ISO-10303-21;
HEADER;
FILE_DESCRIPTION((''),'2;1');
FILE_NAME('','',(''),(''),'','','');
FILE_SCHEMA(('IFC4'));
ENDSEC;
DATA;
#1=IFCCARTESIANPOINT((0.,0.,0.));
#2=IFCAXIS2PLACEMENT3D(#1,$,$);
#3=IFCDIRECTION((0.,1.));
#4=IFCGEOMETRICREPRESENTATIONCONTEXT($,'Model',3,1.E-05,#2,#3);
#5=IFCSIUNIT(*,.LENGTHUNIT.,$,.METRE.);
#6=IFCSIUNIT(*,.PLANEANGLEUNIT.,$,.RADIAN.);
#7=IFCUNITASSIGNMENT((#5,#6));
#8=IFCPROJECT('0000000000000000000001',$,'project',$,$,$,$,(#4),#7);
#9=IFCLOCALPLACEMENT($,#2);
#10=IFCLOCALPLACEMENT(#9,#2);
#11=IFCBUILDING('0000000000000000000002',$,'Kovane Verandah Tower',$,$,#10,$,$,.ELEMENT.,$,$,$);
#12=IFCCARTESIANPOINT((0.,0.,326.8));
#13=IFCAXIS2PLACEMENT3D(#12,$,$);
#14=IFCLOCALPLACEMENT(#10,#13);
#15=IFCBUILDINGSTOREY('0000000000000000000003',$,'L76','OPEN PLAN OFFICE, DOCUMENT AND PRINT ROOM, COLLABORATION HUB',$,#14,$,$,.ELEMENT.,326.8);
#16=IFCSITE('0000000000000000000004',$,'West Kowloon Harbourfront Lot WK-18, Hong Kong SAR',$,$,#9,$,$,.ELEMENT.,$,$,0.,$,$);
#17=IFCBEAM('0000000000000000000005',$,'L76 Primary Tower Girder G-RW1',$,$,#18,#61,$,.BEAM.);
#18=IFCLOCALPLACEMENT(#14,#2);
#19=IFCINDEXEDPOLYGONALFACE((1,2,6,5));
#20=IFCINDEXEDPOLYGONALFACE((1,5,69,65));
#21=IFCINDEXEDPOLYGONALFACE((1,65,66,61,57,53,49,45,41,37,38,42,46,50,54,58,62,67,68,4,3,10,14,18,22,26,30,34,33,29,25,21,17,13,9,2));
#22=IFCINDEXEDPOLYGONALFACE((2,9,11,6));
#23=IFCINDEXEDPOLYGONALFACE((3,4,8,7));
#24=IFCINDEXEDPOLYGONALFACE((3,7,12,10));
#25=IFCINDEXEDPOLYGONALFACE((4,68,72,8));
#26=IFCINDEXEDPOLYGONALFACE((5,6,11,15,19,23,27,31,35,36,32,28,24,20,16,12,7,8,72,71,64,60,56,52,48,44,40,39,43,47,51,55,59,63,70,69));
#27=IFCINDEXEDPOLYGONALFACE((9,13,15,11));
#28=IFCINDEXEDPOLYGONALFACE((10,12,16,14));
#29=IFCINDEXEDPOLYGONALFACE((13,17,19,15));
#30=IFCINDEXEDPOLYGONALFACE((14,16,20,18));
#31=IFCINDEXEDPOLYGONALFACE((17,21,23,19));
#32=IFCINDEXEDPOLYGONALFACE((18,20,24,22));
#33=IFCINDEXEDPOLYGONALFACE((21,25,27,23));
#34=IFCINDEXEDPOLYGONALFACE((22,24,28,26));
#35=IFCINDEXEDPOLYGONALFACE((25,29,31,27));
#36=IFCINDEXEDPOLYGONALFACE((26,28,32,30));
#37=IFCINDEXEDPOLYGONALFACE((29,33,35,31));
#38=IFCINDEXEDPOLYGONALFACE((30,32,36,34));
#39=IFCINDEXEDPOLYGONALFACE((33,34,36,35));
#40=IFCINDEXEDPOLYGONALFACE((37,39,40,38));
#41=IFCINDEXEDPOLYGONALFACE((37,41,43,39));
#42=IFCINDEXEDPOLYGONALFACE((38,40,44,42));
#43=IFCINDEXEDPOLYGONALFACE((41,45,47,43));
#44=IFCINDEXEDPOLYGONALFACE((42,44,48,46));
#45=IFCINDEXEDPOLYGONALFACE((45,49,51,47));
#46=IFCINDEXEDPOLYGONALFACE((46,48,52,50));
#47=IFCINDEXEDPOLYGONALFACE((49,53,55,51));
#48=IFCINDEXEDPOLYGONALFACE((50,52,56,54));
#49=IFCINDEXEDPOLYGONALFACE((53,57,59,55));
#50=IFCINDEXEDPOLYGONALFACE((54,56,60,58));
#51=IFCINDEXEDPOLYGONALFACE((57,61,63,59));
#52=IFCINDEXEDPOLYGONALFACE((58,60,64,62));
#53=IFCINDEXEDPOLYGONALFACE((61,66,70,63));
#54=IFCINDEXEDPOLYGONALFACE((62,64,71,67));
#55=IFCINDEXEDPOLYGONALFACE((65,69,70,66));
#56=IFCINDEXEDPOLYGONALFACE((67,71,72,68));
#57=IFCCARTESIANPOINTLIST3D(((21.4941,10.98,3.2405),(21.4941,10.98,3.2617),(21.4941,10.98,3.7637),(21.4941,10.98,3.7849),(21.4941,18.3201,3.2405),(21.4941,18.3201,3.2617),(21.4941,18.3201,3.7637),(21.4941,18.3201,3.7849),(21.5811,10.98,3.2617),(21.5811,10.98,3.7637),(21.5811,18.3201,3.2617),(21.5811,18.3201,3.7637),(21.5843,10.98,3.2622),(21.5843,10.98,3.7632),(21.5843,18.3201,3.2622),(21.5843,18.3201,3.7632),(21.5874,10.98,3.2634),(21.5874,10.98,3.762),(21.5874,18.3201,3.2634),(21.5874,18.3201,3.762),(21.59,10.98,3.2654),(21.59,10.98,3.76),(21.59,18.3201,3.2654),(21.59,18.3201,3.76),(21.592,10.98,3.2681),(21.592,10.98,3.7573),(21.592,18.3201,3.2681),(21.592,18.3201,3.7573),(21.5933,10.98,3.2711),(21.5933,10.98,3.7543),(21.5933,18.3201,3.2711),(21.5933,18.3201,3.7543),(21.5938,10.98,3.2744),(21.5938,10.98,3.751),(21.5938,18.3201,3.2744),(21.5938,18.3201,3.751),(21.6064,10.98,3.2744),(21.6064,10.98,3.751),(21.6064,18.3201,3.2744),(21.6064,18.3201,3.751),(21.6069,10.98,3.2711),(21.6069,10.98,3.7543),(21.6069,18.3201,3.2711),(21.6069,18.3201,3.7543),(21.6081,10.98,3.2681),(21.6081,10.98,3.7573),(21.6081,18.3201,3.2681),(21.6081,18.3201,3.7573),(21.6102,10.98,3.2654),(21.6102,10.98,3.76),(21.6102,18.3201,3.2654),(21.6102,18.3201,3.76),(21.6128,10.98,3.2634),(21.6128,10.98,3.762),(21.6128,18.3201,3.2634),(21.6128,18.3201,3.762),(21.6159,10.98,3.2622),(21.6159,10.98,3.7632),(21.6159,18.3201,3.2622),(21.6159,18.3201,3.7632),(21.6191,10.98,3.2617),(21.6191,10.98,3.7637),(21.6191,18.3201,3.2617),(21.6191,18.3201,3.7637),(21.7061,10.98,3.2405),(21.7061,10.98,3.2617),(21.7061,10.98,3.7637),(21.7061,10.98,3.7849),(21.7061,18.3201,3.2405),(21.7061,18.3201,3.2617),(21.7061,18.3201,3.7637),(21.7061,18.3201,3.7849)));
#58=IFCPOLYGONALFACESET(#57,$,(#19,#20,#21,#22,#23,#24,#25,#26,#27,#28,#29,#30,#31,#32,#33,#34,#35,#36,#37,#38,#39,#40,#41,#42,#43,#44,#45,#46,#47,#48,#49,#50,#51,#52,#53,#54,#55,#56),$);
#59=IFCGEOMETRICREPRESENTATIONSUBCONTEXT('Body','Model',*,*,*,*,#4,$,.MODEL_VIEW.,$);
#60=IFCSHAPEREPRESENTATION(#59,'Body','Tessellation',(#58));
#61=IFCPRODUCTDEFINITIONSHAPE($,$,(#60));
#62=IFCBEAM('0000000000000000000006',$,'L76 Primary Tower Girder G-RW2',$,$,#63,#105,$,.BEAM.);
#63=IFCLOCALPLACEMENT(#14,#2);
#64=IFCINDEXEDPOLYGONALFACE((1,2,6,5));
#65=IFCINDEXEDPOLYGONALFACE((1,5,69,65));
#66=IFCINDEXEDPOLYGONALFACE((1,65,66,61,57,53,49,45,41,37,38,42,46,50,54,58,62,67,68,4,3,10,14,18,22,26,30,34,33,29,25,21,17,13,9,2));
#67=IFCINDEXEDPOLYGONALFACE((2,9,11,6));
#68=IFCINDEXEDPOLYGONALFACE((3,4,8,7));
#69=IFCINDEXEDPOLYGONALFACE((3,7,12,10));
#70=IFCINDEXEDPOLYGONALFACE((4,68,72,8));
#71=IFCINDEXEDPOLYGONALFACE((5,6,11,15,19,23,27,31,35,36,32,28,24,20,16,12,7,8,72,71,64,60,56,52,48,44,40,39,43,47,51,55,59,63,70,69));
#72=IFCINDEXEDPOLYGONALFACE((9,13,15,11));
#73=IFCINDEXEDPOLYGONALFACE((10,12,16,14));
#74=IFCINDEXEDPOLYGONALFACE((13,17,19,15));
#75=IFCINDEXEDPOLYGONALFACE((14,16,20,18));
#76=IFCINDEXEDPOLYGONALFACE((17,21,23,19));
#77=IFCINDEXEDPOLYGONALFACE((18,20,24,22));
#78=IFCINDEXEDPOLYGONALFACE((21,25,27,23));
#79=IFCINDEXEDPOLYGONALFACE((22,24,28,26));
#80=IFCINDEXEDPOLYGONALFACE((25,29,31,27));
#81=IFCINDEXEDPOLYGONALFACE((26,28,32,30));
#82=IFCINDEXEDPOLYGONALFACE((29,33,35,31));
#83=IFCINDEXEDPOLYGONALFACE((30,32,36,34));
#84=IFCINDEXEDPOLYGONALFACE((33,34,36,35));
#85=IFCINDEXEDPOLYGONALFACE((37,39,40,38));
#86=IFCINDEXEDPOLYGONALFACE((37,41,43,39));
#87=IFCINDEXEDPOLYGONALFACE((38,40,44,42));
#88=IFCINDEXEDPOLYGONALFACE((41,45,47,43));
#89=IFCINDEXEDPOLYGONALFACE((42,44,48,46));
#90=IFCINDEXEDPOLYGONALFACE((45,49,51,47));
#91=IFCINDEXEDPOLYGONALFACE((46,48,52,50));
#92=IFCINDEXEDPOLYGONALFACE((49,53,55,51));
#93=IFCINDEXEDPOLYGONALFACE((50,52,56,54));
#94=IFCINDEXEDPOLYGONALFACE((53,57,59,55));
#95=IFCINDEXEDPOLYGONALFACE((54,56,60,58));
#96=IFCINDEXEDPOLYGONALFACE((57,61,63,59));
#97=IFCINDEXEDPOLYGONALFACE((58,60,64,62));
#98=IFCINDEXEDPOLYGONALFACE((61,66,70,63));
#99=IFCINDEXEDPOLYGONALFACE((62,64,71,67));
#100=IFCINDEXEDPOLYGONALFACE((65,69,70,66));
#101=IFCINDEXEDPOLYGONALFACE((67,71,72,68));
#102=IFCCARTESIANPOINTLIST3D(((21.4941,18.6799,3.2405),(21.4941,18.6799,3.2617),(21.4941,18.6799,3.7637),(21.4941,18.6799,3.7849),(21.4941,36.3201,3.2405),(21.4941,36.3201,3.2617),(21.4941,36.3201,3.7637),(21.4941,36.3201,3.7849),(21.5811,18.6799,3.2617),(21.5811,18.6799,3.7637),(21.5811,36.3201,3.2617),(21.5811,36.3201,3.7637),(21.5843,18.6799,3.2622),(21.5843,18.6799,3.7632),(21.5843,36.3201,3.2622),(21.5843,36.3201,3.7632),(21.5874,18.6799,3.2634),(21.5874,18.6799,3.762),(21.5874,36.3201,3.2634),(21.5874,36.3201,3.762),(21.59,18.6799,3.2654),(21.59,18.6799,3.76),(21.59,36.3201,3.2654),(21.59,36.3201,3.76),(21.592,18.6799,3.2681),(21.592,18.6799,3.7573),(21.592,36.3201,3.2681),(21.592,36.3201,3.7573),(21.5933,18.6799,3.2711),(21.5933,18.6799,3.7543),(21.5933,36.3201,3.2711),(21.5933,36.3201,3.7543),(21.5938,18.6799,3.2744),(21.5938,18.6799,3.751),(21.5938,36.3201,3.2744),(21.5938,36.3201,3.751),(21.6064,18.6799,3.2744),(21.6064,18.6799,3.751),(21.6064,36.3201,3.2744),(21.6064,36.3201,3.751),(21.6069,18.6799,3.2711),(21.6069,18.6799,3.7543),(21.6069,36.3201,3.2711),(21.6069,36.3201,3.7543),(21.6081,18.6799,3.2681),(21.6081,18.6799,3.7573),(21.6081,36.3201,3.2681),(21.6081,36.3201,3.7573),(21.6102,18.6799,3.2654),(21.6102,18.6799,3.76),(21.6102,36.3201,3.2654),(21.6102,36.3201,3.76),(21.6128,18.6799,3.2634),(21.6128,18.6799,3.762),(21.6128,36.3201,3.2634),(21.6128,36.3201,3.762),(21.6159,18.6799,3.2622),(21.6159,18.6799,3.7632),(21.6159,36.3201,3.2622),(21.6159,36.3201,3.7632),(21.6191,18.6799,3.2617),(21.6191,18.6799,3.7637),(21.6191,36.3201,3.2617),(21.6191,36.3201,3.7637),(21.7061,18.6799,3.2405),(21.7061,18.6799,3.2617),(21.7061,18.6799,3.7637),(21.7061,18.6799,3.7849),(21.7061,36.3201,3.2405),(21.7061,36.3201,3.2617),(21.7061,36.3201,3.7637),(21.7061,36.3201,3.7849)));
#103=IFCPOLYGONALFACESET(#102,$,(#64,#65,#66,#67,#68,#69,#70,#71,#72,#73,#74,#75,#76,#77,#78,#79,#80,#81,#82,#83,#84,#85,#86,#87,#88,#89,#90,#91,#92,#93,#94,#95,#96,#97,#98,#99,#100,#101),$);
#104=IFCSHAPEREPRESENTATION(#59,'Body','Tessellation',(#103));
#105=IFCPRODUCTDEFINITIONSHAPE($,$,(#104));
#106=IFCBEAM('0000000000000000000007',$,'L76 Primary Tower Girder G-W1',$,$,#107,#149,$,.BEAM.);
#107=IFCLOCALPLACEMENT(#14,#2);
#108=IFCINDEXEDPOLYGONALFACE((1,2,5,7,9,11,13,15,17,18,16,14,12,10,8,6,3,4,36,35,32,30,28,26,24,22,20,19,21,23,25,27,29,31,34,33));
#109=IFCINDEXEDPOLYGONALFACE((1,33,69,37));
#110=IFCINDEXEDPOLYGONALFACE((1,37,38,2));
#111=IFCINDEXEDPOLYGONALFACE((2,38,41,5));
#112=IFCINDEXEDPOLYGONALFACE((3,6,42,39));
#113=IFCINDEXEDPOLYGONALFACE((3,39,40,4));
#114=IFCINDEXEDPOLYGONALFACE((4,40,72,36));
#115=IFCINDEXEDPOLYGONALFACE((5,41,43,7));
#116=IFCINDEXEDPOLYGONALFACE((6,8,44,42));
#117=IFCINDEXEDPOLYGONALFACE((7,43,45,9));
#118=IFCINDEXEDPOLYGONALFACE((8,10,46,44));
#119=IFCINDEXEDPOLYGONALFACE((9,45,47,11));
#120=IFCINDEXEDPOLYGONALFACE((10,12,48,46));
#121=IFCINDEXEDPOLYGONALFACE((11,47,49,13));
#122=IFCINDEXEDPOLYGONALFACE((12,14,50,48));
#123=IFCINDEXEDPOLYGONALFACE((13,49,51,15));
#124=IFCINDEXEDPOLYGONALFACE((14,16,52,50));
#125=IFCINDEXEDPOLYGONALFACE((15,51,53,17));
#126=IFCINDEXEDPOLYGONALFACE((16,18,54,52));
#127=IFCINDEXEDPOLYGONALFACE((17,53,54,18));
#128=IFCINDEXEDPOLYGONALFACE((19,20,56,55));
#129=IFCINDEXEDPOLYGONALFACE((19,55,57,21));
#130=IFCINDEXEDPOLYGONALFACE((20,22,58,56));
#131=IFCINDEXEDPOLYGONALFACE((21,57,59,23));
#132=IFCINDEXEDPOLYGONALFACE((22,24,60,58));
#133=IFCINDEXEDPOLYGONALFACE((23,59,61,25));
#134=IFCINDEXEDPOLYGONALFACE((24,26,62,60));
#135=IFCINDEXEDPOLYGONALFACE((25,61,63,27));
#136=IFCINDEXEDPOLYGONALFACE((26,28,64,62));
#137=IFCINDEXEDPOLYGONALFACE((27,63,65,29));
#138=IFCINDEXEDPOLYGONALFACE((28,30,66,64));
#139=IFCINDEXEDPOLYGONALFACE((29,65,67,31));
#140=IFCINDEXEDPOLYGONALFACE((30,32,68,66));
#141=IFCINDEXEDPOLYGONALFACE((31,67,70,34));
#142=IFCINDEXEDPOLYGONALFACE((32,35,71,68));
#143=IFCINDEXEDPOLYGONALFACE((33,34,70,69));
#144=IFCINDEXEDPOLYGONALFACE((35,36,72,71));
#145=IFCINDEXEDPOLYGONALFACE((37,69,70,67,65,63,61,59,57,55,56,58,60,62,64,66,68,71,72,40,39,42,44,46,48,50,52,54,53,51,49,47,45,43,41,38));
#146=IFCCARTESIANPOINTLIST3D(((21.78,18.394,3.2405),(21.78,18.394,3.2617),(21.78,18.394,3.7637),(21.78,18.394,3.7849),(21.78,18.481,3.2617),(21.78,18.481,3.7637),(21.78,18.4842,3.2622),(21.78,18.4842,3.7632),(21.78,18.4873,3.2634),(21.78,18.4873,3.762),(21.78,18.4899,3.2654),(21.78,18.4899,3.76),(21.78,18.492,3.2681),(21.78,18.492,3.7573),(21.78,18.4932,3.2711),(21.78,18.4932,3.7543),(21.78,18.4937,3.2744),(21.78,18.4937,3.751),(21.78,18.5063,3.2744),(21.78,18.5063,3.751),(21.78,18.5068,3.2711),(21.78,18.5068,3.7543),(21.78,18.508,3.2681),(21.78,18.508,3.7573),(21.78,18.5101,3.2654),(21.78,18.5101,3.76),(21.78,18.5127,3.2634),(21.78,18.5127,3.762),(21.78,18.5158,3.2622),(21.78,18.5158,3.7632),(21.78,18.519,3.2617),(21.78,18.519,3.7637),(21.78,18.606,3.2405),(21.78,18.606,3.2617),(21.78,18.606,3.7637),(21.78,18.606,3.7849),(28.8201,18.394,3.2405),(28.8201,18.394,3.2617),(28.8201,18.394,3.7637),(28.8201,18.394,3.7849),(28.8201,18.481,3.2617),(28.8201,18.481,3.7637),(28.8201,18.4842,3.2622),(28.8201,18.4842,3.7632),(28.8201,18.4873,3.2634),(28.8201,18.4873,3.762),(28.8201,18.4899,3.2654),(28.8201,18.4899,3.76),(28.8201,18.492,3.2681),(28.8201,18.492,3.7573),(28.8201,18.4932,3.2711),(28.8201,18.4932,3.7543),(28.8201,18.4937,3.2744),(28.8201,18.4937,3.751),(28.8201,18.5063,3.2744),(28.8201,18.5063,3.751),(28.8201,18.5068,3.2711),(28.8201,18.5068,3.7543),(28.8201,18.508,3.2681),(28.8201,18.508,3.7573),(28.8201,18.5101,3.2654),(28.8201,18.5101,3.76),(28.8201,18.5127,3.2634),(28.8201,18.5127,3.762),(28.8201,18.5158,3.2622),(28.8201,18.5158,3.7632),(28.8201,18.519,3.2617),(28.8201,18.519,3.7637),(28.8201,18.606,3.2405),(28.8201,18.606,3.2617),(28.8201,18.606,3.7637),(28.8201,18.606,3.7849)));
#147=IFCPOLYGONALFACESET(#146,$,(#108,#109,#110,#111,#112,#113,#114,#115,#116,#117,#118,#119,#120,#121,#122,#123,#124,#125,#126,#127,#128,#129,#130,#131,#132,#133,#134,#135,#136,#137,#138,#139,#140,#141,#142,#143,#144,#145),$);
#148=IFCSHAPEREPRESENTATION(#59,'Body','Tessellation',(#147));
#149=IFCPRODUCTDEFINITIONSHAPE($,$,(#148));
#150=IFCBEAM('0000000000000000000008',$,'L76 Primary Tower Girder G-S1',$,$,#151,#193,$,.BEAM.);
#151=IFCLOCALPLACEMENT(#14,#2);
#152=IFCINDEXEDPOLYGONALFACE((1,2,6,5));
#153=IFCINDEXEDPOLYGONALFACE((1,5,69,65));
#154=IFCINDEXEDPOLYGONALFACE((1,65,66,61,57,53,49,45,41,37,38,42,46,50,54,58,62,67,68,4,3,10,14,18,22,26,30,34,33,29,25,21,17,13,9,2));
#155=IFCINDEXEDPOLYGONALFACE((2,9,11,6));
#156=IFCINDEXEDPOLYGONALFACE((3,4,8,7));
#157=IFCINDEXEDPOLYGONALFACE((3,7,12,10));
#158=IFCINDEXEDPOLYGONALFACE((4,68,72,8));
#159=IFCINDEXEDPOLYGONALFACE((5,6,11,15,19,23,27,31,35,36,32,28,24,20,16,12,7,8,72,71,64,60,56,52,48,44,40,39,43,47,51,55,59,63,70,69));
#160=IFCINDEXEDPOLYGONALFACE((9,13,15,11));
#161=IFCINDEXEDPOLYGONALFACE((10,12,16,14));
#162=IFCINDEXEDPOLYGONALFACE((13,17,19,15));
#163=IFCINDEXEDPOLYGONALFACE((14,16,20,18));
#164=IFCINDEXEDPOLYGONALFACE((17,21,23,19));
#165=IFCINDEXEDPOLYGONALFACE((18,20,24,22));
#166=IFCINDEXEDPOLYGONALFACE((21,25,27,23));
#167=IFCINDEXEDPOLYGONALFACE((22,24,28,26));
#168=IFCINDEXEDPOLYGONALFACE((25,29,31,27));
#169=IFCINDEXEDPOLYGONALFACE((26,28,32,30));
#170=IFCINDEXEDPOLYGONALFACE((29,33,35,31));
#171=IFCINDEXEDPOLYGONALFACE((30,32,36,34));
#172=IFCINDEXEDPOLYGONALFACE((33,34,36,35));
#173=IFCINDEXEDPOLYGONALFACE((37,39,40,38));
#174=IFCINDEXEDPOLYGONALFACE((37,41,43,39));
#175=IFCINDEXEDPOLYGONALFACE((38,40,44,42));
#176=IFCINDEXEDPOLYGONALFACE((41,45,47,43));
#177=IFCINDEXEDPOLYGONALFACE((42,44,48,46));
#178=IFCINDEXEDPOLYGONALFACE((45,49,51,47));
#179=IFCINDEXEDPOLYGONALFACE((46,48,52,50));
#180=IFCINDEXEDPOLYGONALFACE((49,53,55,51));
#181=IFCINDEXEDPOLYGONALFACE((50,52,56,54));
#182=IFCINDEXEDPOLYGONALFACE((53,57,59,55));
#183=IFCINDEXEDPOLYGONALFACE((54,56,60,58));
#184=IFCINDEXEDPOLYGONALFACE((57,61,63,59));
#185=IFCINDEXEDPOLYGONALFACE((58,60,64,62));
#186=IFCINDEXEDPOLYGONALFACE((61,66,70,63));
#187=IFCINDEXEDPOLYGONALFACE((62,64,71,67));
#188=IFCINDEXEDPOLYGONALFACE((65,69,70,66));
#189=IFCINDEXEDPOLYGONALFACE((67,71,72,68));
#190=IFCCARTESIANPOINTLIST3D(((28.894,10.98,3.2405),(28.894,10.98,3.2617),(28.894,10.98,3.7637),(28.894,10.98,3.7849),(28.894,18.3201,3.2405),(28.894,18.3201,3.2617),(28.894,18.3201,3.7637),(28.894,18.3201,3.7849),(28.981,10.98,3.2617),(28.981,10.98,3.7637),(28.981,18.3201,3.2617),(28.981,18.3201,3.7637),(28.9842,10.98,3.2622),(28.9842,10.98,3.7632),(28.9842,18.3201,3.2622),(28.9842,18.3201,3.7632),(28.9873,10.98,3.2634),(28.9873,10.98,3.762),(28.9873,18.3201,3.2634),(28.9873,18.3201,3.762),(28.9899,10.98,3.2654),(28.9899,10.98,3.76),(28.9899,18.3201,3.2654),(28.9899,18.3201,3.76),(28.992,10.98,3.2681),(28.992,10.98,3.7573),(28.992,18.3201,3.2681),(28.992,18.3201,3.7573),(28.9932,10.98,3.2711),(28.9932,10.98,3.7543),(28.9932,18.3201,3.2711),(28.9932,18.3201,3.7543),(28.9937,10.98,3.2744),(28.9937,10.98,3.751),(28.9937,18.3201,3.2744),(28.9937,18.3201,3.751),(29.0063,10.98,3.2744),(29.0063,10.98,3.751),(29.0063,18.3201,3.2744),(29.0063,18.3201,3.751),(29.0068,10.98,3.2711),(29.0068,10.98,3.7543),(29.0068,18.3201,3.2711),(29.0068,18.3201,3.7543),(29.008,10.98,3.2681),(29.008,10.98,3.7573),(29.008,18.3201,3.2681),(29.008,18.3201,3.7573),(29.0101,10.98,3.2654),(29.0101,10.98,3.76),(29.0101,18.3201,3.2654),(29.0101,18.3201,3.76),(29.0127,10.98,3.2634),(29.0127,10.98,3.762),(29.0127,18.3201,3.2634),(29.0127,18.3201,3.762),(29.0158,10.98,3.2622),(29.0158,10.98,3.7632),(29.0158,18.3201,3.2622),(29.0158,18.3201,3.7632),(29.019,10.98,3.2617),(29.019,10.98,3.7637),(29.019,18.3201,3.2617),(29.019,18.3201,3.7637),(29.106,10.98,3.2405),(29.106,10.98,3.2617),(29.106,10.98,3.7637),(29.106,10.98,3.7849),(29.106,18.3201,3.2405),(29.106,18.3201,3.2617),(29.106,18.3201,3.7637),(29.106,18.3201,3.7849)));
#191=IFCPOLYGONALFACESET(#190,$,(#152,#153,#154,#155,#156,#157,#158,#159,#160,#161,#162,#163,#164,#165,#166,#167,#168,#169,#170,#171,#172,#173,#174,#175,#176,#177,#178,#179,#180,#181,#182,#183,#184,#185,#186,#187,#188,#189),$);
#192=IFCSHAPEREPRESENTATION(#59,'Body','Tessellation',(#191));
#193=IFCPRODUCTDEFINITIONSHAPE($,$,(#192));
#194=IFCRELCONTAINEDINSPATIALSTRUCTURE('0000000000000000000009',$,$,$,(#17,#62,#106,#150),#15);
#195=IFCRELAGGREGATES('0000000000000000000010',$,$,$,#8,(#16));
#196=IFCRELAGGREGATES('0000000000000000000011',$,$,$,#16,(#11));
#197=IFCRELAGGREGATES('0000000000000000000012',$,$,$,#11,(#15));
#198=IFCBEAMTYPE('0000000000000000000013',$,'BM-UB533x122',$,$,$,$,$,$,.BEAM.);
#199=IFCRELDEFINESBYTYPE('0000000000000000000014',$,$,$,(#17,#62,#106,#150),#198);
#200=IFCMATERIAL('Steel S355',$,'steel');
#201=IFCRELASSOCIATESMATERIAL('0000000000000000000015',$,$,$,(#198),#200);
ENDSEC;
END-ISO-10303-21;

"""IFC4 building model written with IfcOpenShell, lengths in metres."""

from ifc_helpers import new_model, si_unit, direction, frame, origin, origin_2d, place, context, subcontext, project, spatial, i_section, extrude, material, material_profile, profile_set, type_object, element, save


model = new_model("IFC4")

# Units and contexts
model_context = context("Model", 3, precision=1e-05, world=origin(), true_north=direction((0.0, 1.0)))
body_context = subcontext(model_context, "Body", "Model", "MODEL_VIEW")
ifc_project = project(units=[si_unit("LENGTHUNIT", "METRE"), si_unit("PLANEANGLEUNIT", "RADIAN")], contexts=[model_context])

# Site, building, storey
site_placement = place(None, origin())
site = spatial("IfcSite", under=ifc_project, at=site_placement, Name="West Kowloon Harbourfront Lot WK-18, Hong Kong SAR", CompositionType="ELEMENT", RefElevation=0.0)
building_placement = place(site_placement, origin())
building = spatial("IfcBuilding", under=site, at=building_placement, Name="Kovane Verandah Tower", CompositionType="ELEMENT")
storey_placement = place(building_placement, frame((0.0, 0.0, 326.8)))
storey = spatial("IfcBuildingStorey", under=building, at=storey_placement, Name="L76", Description="OPEN PLAN OFFICE, DOCUMENT AND PRINT ROOM, COLLABORATION HUB", CompositionType="ELEMENT", Elevation=326.8)

# Beams
ifc_material_1 = material(Name="Steel S355", Category="steel")
ifc_material_profile_1 = material_profile(ifc_material_1, i_section(OverallWidth=0.2119, OverallDepth=0.5444, WebThickness=0.0127, FlangeThickness=0.0212, FilletRadius=0.0127, at=origin_2d()), Name="UB533x210x122")
ifc_profile_set_1 = profile_set([ifc_material_profile_1], Name="Steel S355")
beam_type_1 = type_object("IfcBeamType", Name="BM-UB533x122", PredefinedType="BEAM", material=ifc_profile_set_1)
beam_1_placement = place(storey_placement, frame((21.6001, 10.98, 3.5127), z_axis=(0.0, 1.0, 0.0), x_axis=(-1.0, 0.0, 0.0)))
element("IfcBeam", 1, at=beam_1_placement, inside=storey, type_object=beam_type_1, Name="L76 Primary Tower Girder G-RW1", PredefinedType="BEAM", context=body_context, shape_type="SweptSolid", body=[
    extrude(i_section(OverallWidth=0.2119, OverallDepth=0.5444, WebThickness=0.0127, FlangeThickness=0.0212, FilletRadius=0.0127, at=origin_2d()), origin(), (0.0, 0.0, 1.0), 7.3401),
])
beam_2_placement = place(storey_placement, frame((21.6001, 18.6799, 3.5127), z_axis=(0.0, 1.0, 0.0), x_axis=(-1.0, 0.0, 0.0)))
element("IfcBeam", 2, at=beam_2_placement, inside=storey, type_object=beam_type_1, Name="L76 Primary Tower Girder G-RW2", PredefinedType="BEAM", context=body_context, shape_type="SweptSolid", body=[
    extrude(i_section(OverallWidth=0.2119, OverallDepth=0.5444, WebThickness=0.0127, FlangeThickness=0.0212, FilletRadius=0.0127, at=origin_2d()), origin(), (0.0, 0.0, 1.0), 17.6401),
])
beam_3_placement = place(storey_placement, frame((28.8201, 18.5, 3.5127), z_axis=(-1.0, 0.0, 0.0), x_axis=(0.0, -1.0, 0.0)))
element("IfcBeam", 3, at=beam_3_placement, inside=storey, type_object=beam_type_1, Name="L76 Primary Tower Girder G-W1", PredefinedType="BEAM", context=body_context, shape_type="SweptSolid", body=[
    extrude(i_section(OverallWidth=0.2119, OverallDepth=0.5444, WebThickness=0.0127, FlangeThickness=0.0212, FilletRadius=0.0127, at=origin_2d()), origin(), (0.0, 0.0, 1.0), 7.04),
])
beam_4_placement = place(storey_placement, frame((29.0, 18.3201, 3.5127), z_axis=(0.0, -1.0, 0.0), x_axis=(1.0, 0.0, 0.0)))
element("IfcBeam", 4, at=beam_4_placement, inside=storey, type_object=beam_type_1, Name="L76 Primary Tower Girder G-S1", PredefinedType="BEAM", context=body_context, shape_type="SweptSolid", body=[
    extrude(i_section(OverallWidth=0.2119, OverallDepth=0.5444, WebThickness=0.0127, FlangeThickness=0.0212, FilletRadius=0.0127, at=origin_2d()), origin(), (0.0, 0.0, 1.0), 7.3401),
])

save(model, "model.ifc")
